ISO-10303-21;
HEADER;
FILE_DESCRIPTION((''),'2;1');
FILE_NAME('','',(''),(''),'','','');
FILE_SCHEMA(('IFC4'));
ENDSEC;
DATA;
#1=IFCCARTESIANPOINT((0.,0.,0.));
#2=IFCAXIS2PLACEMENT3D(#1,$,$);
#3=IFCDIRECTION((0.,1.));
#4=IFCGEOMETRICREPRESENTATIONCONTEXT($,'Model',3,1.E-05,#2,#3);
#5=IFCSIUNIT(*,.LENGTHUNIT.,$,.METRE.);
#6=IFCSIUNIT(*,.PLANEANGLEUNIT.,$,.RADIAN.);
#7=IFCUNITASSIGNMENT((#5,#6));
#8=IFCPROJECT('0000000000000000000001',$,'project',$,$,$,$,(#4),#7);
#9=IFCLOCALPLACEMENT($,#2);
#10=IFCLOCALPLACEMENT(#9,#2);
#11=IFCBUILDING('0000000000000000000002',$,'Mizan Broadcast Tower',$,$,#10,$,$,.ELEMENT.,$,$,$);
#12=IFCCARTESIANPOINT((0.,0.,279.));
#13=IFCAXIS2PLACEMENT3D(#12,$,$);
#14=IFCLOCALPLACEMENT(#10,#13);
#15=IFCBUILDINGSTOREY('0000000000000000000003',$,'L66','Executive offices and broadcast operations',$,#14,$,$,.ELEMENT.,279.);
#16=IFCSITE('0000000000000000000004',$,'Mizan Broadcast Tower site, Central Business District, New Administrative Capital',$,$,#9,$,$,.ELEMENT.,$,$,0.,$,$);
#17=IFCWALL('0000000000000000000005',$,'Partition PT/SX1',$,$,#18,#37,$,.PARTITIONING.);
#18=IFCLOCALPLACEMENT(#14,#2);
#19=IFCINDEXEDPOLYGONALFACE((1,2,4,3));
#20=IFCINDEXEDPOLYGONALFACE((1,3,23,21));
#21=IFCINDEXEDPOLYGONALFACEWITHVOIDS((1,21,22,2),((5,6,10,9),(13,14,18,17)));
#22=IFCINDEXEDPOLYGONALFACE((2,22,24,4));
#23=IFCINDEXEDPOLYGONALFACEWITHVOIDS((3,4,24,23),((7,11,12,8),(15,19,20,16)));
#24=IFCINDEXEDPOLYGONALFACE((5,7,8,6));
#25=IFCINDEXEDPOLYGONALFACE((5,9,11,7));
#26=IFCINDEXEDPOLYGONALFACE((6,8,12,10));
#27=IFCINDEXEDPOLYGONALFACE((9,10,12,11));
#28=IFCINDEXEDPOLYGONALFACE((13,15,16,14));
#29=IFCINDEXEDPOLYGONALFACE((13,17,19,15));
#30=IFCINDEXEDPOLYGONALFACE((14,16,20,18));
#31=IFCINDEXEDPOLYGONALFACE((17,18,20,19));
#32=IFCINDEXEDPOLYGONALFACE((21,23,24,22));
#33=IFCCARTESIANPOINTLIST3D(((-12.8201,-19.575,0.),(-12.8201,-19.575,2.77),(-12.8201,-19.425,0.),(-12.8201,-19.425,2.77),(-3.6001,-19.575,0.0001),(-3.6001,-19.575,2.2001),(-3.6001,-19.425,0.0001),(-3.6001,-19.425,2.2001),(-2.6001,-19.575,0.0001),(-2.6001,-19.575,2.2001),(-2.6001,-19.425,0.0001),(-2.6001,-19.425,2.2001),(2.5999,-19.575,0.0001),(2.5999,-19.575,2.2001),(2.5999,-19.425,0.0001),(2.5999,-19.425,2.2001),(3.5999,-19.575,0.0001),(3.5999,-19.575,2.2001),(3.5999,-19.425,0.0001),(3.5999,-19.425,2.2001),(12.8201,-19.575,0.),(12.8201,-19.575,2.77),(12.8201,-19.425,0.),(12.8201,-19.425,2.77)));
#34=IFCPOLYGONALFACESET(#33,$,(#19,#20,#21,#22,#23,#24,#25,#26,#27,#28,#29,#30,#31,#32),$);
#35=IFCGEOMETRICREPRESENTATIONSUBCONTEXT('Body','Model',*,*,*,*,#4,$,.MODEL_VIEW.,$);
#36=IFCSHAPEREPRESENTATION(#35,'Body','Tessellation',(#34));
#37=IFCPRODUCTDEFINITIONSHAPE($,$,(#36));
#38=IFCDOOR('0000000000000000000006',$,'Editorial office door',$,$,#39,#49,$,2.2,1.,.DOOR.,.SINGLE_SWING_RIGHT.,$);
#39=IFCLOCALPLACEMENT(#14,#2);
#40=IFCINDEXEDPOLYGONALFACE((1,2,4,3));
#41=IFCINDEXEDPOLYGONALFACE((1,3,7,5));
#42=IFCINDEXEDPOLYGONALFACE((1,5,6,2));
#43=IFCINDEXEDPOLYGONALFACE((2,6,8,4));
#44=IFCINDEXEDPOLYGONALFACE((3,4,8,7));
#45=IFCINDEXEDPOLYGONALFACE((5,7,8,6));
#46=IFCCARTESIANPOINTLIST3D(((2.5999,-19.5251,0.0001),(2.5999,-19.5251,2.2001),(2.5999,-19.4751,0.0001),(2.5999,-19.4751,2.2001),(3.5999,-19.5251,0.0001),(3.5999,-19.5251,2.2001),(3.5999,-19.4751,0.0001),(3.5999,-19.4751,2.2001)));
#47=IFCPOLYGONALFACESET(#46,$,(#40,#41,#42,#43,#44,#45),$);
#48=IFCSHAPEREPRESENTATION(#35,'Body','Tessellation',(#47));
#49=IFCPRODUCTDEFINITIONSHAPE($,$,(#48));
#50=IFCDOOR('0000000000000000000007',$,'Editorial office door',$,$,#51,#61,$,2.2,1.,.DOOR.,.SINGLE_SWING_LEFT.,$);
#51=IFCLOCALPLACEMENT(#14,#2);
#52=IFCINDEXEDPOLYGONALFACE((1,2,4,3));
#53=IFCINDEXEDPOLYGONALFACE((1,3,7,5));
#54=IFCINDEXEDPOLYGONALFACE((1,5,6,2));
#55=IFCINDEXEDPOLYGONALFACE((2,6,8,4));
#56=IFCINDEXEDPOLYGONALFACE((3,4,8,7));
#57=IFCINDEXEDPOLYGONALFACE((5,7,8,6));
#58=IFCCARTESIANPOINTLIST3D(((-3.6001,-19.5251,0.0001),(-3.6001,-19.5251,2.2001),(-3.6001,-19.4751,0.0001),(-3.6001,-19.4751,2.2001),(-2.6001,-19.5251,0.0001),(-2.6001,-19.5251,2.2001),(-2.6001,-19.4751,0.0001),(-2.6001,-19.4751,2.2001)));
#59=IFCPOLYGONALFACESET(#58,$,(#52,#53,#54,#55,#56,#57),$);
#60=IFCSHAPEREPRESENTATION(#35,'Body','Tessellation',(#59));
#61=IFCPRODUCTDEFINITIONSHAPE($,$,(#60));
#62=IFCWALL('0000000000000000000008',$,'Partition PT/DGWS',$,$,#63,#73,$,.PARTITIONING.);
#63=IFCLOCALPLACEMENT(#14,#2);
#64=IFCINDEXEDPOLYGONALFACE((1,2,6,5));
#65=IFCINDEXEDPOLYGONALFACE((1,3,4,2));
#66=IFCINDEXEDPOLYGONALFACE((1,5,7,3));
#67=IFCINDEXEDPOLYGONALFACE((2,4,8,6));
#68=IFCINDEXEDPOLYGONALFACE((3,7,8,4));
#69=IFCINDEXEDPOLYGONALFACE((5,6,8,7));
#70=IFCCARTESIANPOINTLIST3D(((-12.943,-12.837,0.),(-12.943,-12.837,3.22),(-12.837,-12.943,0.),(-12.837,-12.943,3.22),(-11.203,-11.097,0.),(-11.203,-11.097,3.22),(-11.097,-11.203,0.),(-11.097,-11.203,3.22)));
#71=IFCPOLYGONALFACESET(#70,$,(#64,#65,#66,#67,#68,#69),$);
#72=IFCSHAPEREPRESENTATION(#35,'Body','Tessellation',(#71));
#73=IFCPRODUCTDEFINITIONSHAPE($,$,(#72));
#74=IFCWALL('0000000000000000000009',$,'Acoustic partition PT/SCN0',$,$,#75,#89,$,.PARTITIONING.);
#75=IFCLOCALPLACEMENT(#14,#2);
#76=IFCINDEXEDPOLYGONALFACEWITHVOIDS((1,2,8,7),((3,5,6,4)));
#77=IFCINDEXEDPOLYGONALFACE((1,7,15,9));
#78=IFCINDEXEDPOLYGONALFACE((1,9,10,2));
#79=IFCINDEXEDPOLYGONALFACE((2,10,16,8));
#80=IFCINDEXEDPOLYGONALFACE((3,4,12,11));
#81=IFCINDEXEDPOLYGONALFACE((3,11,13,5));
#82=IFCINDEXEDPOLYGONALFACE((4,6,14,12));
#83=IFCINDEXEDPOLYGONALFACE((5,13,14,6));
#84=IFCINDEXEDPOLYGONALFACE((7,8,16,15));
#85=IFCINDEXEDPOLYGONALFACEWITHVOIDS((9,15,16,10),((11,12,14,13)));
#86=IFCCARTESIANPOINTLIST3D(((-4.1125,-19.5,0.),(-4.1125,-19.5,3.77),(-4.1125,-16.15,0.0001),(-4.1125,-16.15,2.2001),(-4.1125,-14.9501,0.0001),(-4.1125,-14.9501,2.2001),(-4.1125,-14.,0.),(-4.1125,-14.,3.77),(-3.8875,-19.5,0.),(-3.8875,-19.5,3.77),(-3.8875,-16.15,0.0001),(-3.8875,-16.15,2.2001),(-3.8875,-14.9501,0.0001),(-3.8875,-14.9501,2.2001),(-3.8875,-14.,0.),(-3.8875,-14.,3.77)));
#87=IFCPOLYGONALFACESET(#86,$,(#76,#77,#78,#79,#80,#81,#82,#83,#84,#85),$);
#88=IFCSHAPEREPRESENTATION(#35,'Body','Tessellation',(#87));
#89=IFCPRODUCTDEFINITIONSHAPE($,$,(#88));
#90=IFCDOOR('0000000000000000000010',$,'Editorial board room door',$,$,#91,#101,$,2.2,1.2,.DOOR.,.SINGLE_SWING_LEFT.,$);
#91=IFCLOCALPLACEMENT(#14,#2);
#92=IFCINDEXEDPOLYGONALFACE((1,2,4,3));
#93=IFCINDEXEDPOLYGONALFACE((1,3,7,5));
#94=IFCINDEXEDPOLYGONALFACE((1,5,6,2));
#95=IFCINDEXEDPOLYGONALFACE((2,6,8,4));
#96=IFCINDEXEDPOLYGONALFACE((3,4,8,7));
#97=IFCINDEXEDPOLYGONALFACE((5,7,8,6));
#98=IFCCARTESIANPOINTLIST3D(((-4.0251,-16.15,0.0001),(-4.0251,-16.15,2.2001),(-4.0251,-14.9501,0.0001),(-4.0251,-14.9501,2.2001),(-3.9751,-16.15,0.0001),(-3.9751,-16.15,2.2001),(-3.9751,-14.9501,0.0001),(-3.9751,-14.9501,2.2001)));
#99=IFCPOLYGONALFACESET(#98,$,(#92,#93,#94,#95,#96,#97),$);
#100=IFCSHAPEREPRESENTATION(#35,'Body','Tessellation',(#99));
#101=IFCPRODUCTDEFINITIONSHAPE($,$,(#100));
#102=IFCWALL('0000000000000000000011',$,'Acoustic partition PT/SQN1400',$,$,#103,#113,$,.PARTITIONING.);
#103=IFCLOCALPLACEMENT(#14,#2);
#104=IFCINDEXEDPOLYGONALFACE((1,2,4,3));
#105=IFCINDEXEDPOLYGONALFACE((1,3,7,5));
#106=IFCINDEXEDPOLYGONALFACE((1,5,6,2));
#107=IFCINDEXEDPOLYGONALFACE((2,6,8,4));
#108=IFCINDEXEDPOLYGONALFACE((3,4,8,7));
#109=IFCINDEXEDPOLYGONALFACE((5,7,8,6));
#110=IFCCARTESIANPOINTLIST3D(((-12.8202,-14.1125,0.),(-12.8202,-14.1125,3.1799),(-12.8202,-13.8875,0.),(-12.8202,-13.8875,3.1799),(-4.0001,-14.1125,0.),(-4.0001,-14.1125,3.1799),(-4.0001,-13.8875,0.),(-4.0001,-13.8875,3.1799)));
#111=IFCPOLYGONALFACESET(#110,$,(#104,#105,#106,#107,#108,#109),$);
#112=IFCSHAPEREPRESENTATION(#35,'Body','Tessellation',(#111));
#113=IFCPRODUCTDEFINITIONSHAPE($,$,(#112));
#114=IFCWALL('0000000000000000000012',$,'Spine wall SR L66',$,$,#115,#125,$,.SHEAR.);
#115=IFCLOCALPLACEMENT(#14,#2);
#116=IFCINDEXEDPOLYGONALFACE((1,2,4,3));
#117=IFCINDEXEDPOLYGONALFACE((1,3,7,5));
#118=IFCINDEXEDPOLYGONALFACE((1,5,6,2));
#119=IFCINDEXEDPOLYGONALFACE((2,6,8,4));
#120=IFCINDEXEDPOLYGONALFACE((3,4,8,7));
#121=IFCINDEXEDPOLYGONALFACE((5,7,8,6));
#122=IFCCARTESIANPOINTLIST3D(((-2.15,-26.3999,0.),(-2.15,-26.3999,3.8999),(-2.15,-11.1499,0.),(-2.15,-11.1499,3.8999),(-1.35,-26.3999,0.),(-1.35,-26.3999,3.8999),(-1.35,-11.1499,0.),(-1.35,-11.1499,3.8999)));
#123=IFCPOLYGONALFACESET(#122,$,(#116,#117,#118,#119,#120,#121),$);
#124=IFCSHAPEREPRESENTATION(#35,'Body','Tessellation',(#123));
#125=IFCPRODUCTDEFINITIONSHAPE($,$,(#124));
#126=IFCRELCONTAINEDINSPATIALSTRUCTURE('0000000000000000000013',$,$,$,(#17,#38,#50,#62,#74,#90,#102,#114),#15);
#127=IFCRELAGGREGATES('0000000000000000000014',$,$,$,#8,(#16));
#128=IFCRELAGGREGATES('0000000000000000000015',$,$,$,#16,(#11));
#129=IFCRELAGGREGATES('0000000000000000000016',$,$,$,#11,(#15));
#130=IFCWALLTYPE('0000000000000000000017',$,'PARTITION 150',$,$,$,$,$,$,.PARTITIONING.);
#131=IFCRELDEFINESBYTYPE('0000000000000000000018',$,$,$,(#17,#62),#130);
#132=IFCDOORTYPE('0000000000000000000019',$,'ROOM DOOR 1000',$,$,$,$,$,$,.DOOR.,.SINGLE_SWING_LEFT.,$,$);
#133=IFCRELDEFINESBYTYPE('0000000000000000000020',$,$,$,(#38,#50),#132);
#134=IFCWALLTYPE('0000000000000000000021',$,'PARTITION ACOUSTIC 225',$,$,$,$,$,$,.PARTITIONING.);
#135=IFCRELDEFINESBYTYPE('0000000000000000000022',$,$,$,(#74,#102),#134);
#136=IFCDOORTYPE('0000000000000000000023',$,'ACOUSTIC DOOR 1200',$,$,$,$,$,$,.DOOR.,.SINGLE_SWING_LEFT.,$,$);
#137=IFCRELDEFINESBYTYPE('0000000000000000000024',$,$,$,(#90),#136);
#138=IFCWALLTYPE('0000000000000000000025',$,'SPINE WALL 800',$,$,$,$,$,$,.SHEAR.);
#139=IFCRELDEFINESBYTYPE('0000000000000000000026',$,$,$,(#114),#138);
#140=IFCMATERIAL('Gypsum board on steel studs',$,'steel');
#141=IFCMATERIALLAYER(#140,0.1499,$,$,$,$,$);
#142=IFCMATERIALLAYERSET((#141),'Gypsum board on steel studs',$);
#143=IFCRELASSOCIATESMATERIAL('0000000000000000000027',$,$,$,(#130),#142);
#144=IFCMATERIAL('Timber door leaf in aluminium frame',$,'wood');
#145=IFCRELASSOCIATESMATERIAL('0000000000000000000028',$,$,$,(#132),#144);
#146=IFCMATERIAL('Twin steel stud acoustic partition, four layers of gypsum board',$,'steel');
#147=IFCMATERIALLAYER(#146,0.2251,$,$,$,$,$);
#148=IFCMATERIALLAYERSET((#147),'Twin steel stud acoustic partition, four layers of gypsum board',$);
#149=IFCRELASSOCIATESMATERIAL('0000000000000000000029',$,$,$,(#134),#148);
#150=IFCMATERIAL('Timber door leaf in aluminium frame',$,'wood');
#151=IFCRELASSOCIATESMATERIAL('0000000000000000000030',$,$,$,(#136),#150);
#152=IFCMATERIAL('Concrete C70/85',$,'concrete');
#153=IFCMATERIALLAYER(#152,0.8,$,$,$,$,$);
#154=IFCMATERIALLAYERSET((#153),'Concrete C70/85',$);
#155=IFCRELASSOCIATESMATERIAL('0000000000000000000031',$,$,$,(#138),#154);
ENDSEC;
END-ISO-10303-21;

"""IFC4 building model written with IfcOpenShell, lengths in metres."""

from ifc_helpers import new_model, si_unit, direction, frame, frame_2d, origin, place, context, subcontext, project, spatial, rectangle, extrude, material, layer, layer_set, type_object, element, fill, save


model = new_model("IFC4")

# Units and contexts
model_context = context("Model", 3, precision=1e-05, world=origin(), true_north=direction((0.0, 1.0)))
body_context = subcontext(model_context, "Body", "Model", "MODEL_VIEW")
ifc_project = project(units=[si_unit("LENGTHUNIT", "METRE"), si_unit("PLANEANGLEUNIT", "RADIAN")], contexts=[model_context])

# Site, building, storey
site_placement = place(None, origin())
site = spatial("IfcSite", under=ifc_project, at=site_placement, Name="Mizan Broadcast Tower site, Central Business District, New Administrative Capital", CompositionType="ELEMENT", RefElevation=0.0)
building_placement = place(site_placement, origin())
building = spatial("IfcBuilding", under=site, at=building_placement, Name="Mizan Broadcast Tower", CompositionType="ELEMENT")
storey_placement = place(building_placement, frame((0.0, 0.0, 279.0)))
storey = spatial("IfcBuildingStorey", under=building, at=storey_placement, Name="L66", Description="Executive offices and broadcast operations", CompositionType="ELEMENT", Elevation=279.0)

# Wall, openings, doors
ifc_material_1 = material(Name="Gypsum board on steel studs", Category="steel")
ifc_layer_1 = layer(ifc_material_1, 0.1499)
ifc_layer_set_1 = layer_set([ifc_layer_1], Name="Gypsum board on steel studs")
wall_type_1 = type_object("IfcWallType", Name="PARTITION 150", PredefinedType="PARTITIONING", material=ifc_layer_set_1)
wall_1_placement = place(storey_placement, frame((-12.8201, -19.5, 0.0), z_axis=(0.0, 0.0, 1.0), x_axis=(1.0, 0.0, 0.0)))
wall_1 = element("IfcWall", 1, at=wall_1_placement, inside=storey, type_object=wall_type_1, Name="Partition PT/SX1", PredefinedType="PARTITIONING", context=body_context, shape_type="SweptSolid", body=[
    extrude(rectangle(XDim=25.6401, YDim=0.1499, at=frame_2d((12.8201, 0.0))), origin(), (0.0, 0.0, 1.0), 2.77),
])
opening_1_placement = place(wall_1_placement, frame((15.4199, 0.0, 0.0)))
opening_1 = element("IfcOpeningElement", 2, at=opening_1_placement, cuts=wall_1, PredefinedType="OPENING", context=body_context, shape_type="SweptSolid", body=[
    extrude(rectangle(XDim=1.0, YDim=2.2, at=frame_2d((0.5, 1.1001))), frame((0.0, 0.085, 0.0), z_axis=(0.0, -1.0, 0.0), x_axis=(1.0, 0.0, 0.0)), (0.0, 0.0, 1.0), 0.1699),
])
opening_2_placement = place(wall_1_placement, frame((9.22, 0.0, 0.0)))
opening_2 = element("IfcOpeningElement", 3, at=opening_2_placement, cuts=wall_1, PredefinedType="OPENING", context=body_context, shape_type="SweptSolid", body=[
    extrude(rectangle(XDim=1.0, YDim=2.2, at=frame_2d((0.5, 1.1001))), frame((0.0, 0.085, 0.0), z_axis=(0.0, -1.0, 0.0), x_axis=(1.0, 0.0, 0.0)), (0.0, 0.0, 1.0), 0.1699),
])
ifc_material_2 = material(Name="Timber door leaf in aluminium frame", Category="wood")
door_type_1 = type_object("IfcDoorType", Name="ROOM DOOR 1000", OperationType="SINGLE_SWING_LEFT", PredefinedType="DOOR", material=ifc_material_2)
door_1_placement = place(opening_1_placement, origin())
door_1 = element("IfcDoor", 4, at=door_1_placement, inside=storey, type_object=door_type_1, Name="Editorial office door", OperationType="SINGLE_SWING_RIGHT", OverallHeight=2.2, OverallWidth=1.0, PredefinedType="DOOR", context=body_context, shape_type="SweptSolid", body=[
    extrude(rectangle(XDim=1.0, YDim=2.2, at=frame_2d((0.5, 1.1001))), frame((0.0, 0.0249, 0.0), z_axis=(0.0, -1.0, 0.0), x_axis=(1.0, 0.0, 0.0)), (0.0, 0.0, 1.0), 0.05),
])
fill(opening_1, door_1)
door_2_placement = place(opening_2_placement, origin())
door_2 = element("IfcDoor", 5, at=door_2_placement, inside=storey, type_object=door_type_1, Name="Editorial office door", OperationType="SINGLE_SWING_LEFT", OverallHeight=2.2, OverallWidth=1.0, PredefinedType="DOOR", context=body_context, shape_type="SweptSolid", body=[
    extrude(rectangle(XDim=1.0, YDim=2.2, at=frame_2d((0.5, 1.1001))), frame((0.0, 0.0249, 0.0), z_axis=(0.0, -1.0, 0.0), x_axis=(1.0, 0.0, 0.0)), (0.0, 0.0, 1.0), 0.05),
])
fill(opening_2, door_2)

# Wall
wall_2_placement = place(storey_placement, frame((-11.1499, -11.1499, 0.0), z_axis=(0.0, 0.0, 1.0), x_axis=(-0.707107, -0.707107, 0.0)))
element("IfcWall", 6, at=wall_2_placement, inside=storey, type_object=wall_type_1, Name="Partition PT/DGWS", PredefinedType="PARTITIONING", context=body_context, shape_type="SweptSolid", body=[
    extrude(rectangle(XDim=2.4607, YDim=0.1499, at=frame_2d((1.2305, 0.0))), origin(), (0.0, 0.0, 1.0), 3.22),
])

# Wall, opening, door
ifc_material_3 = material(Name="Twin steel stud acoustic partition, four layers of gypsum board", Category="steel")
ifc_layer_2 = layer(ifc_material_3, 0.2251)
ifc_layer_set_2 = layer_set([ifc_layer_2], Name="Twin steel stud acoustic partition, four layers of gypsum board")
wall_type_2 = type_object("IfcWallType", Name="PARTITION ACOUSTIC 225", PredefinedType="PARTITIONING", material=ifc_layer_set_2)
wall_3_placement = place(storey_placement, frame((-4.0, -14.0, 0.0), z_axis=(0.0, 0.0, 1.0), x_axis=(0.0, -1.0, 0.0)))
wall_3 = element("IfcWall", 7, at=wall_3_placement, inside=storey, type_object=wall_type_2, Name="Acoustic partition PT/SCN0", PredefinedType="PARTITIONING", context=body_context, shape_type="SweptSolid", body=[
    extrude(rectangle(XDim=5.5, YDim=0.2251, at=frame_2d((2.75, 0.0))), origin(), (0.0, 0.0, 1.0), 3.77),
])
opening_3_placement = place(wall_3_placement, frame((0.95, 0.0, 0.0)))
opening_3 = element("IfcOpeningElement", 8, at=opening_3_placement, cuts=wall_3, PredefinedType="OPENING", context=body_context, shape_type="SweptSolid", body=[
    extrude(rectangle(XDim=1.2, YDim=2.2, at=frame_2d((0.6001, 1.1001))), frame((0.0, 0.1226, 0.0), z_axis=(0.0, -1.0, 0.0), x_axis=(1.0, 0.0, 0.0)), (0.0, 0.0, 1.0), 0.2451),
])
ifc_material_4 = material(Name="Timber door leaf in aluminium frame", Category="wood")
door_type_2 = type_object("IfcDoorType", Name="ACOUSTIC DOOR 1200", OperationType="SINGLE_SWING_LEFT", PredefinedType="DOOR", material=ifc_material_4)
door_3_placement = place(opening_3_placement, origin())
door_3 = element("IfcDoor", 9, at=door_3_placement, inside=storey, type_object=door_type_2, Name="Editorial board room door", OperationType="SINGLE_SWING_LEFT", OverallHeight=2.2, OverallWidth=1.2, PredefinedType="DOOR", context=body_context, shape_type="SweptSolid", body=[
    extrude(rectangle(XDim=1.2, YDim=2.2, at=frame_2d((0.6001, 1.1001))), frame((0.0, 0.0249, 0.0), z_axis=(0.0, -1.0, 0.0), x_axis=(1.0, 0.0, 0.0)), (0.0, 0.0, 1.0), 0.05),
])
fill(opening_3, door_3)

# Walls
wall_4_placement = place(storey_placement, frame((-4.0, -14.0, 0.0), z_axis=(0.0, 0.0, 1.0), x_axis=(-1.0, 0.0, 0.0)))
element("IfcWall", 10, at=wall_4_placement, inside=storey, type_object=wall_type_2, Name="Acoustic partition PT/SQN1400", PredefinedType="PARTITIONING", context=body_context, shape_type="SweptSolid", body=[
    extrude(rectangle(XDim=8.8201, YDim=0.2251, at=frame_2d((4.4102, 0.0))), origin(), (0.0, 0.0, 1.0), 3.1799),
])
ifc_material_5 = material(Name="Concrete C70/85", Category="concrete")
ifc_layer_3 = layer(ifc_material_5, 0.8)
ifc_layer_set_3 = layer_set([ifc_layer_3], Name="Concrete C70/85")
wall_type_3 = type_object("IfcWallType", Name="SPINE WALL 800", PredefinedType="SHEAR", material=ifc_layer_set_3)
wall_5_placement = place(storey_placement, frame((-1.75, -11.1499, 0.0), z_axis=(0.0, 0.0, 1.0), x_axis=(0.0, -1.0, 0.0)))
element("IfcWall", 11, at=wall_5_placement, inside=storey, type_object=wall_type_3, Name="Spine wall SR L66", PredefinedType="SHEAR", context=body_context, shape_type="SweptSolid", body=[
    extrude(rectangle(XDim=15.25, YDim=0.8, at=frame_2d((7.625, 0.0))), origin(), (0.0, 0.0, 1.0), 3.8999),
])

save(model, "model.ifc")
